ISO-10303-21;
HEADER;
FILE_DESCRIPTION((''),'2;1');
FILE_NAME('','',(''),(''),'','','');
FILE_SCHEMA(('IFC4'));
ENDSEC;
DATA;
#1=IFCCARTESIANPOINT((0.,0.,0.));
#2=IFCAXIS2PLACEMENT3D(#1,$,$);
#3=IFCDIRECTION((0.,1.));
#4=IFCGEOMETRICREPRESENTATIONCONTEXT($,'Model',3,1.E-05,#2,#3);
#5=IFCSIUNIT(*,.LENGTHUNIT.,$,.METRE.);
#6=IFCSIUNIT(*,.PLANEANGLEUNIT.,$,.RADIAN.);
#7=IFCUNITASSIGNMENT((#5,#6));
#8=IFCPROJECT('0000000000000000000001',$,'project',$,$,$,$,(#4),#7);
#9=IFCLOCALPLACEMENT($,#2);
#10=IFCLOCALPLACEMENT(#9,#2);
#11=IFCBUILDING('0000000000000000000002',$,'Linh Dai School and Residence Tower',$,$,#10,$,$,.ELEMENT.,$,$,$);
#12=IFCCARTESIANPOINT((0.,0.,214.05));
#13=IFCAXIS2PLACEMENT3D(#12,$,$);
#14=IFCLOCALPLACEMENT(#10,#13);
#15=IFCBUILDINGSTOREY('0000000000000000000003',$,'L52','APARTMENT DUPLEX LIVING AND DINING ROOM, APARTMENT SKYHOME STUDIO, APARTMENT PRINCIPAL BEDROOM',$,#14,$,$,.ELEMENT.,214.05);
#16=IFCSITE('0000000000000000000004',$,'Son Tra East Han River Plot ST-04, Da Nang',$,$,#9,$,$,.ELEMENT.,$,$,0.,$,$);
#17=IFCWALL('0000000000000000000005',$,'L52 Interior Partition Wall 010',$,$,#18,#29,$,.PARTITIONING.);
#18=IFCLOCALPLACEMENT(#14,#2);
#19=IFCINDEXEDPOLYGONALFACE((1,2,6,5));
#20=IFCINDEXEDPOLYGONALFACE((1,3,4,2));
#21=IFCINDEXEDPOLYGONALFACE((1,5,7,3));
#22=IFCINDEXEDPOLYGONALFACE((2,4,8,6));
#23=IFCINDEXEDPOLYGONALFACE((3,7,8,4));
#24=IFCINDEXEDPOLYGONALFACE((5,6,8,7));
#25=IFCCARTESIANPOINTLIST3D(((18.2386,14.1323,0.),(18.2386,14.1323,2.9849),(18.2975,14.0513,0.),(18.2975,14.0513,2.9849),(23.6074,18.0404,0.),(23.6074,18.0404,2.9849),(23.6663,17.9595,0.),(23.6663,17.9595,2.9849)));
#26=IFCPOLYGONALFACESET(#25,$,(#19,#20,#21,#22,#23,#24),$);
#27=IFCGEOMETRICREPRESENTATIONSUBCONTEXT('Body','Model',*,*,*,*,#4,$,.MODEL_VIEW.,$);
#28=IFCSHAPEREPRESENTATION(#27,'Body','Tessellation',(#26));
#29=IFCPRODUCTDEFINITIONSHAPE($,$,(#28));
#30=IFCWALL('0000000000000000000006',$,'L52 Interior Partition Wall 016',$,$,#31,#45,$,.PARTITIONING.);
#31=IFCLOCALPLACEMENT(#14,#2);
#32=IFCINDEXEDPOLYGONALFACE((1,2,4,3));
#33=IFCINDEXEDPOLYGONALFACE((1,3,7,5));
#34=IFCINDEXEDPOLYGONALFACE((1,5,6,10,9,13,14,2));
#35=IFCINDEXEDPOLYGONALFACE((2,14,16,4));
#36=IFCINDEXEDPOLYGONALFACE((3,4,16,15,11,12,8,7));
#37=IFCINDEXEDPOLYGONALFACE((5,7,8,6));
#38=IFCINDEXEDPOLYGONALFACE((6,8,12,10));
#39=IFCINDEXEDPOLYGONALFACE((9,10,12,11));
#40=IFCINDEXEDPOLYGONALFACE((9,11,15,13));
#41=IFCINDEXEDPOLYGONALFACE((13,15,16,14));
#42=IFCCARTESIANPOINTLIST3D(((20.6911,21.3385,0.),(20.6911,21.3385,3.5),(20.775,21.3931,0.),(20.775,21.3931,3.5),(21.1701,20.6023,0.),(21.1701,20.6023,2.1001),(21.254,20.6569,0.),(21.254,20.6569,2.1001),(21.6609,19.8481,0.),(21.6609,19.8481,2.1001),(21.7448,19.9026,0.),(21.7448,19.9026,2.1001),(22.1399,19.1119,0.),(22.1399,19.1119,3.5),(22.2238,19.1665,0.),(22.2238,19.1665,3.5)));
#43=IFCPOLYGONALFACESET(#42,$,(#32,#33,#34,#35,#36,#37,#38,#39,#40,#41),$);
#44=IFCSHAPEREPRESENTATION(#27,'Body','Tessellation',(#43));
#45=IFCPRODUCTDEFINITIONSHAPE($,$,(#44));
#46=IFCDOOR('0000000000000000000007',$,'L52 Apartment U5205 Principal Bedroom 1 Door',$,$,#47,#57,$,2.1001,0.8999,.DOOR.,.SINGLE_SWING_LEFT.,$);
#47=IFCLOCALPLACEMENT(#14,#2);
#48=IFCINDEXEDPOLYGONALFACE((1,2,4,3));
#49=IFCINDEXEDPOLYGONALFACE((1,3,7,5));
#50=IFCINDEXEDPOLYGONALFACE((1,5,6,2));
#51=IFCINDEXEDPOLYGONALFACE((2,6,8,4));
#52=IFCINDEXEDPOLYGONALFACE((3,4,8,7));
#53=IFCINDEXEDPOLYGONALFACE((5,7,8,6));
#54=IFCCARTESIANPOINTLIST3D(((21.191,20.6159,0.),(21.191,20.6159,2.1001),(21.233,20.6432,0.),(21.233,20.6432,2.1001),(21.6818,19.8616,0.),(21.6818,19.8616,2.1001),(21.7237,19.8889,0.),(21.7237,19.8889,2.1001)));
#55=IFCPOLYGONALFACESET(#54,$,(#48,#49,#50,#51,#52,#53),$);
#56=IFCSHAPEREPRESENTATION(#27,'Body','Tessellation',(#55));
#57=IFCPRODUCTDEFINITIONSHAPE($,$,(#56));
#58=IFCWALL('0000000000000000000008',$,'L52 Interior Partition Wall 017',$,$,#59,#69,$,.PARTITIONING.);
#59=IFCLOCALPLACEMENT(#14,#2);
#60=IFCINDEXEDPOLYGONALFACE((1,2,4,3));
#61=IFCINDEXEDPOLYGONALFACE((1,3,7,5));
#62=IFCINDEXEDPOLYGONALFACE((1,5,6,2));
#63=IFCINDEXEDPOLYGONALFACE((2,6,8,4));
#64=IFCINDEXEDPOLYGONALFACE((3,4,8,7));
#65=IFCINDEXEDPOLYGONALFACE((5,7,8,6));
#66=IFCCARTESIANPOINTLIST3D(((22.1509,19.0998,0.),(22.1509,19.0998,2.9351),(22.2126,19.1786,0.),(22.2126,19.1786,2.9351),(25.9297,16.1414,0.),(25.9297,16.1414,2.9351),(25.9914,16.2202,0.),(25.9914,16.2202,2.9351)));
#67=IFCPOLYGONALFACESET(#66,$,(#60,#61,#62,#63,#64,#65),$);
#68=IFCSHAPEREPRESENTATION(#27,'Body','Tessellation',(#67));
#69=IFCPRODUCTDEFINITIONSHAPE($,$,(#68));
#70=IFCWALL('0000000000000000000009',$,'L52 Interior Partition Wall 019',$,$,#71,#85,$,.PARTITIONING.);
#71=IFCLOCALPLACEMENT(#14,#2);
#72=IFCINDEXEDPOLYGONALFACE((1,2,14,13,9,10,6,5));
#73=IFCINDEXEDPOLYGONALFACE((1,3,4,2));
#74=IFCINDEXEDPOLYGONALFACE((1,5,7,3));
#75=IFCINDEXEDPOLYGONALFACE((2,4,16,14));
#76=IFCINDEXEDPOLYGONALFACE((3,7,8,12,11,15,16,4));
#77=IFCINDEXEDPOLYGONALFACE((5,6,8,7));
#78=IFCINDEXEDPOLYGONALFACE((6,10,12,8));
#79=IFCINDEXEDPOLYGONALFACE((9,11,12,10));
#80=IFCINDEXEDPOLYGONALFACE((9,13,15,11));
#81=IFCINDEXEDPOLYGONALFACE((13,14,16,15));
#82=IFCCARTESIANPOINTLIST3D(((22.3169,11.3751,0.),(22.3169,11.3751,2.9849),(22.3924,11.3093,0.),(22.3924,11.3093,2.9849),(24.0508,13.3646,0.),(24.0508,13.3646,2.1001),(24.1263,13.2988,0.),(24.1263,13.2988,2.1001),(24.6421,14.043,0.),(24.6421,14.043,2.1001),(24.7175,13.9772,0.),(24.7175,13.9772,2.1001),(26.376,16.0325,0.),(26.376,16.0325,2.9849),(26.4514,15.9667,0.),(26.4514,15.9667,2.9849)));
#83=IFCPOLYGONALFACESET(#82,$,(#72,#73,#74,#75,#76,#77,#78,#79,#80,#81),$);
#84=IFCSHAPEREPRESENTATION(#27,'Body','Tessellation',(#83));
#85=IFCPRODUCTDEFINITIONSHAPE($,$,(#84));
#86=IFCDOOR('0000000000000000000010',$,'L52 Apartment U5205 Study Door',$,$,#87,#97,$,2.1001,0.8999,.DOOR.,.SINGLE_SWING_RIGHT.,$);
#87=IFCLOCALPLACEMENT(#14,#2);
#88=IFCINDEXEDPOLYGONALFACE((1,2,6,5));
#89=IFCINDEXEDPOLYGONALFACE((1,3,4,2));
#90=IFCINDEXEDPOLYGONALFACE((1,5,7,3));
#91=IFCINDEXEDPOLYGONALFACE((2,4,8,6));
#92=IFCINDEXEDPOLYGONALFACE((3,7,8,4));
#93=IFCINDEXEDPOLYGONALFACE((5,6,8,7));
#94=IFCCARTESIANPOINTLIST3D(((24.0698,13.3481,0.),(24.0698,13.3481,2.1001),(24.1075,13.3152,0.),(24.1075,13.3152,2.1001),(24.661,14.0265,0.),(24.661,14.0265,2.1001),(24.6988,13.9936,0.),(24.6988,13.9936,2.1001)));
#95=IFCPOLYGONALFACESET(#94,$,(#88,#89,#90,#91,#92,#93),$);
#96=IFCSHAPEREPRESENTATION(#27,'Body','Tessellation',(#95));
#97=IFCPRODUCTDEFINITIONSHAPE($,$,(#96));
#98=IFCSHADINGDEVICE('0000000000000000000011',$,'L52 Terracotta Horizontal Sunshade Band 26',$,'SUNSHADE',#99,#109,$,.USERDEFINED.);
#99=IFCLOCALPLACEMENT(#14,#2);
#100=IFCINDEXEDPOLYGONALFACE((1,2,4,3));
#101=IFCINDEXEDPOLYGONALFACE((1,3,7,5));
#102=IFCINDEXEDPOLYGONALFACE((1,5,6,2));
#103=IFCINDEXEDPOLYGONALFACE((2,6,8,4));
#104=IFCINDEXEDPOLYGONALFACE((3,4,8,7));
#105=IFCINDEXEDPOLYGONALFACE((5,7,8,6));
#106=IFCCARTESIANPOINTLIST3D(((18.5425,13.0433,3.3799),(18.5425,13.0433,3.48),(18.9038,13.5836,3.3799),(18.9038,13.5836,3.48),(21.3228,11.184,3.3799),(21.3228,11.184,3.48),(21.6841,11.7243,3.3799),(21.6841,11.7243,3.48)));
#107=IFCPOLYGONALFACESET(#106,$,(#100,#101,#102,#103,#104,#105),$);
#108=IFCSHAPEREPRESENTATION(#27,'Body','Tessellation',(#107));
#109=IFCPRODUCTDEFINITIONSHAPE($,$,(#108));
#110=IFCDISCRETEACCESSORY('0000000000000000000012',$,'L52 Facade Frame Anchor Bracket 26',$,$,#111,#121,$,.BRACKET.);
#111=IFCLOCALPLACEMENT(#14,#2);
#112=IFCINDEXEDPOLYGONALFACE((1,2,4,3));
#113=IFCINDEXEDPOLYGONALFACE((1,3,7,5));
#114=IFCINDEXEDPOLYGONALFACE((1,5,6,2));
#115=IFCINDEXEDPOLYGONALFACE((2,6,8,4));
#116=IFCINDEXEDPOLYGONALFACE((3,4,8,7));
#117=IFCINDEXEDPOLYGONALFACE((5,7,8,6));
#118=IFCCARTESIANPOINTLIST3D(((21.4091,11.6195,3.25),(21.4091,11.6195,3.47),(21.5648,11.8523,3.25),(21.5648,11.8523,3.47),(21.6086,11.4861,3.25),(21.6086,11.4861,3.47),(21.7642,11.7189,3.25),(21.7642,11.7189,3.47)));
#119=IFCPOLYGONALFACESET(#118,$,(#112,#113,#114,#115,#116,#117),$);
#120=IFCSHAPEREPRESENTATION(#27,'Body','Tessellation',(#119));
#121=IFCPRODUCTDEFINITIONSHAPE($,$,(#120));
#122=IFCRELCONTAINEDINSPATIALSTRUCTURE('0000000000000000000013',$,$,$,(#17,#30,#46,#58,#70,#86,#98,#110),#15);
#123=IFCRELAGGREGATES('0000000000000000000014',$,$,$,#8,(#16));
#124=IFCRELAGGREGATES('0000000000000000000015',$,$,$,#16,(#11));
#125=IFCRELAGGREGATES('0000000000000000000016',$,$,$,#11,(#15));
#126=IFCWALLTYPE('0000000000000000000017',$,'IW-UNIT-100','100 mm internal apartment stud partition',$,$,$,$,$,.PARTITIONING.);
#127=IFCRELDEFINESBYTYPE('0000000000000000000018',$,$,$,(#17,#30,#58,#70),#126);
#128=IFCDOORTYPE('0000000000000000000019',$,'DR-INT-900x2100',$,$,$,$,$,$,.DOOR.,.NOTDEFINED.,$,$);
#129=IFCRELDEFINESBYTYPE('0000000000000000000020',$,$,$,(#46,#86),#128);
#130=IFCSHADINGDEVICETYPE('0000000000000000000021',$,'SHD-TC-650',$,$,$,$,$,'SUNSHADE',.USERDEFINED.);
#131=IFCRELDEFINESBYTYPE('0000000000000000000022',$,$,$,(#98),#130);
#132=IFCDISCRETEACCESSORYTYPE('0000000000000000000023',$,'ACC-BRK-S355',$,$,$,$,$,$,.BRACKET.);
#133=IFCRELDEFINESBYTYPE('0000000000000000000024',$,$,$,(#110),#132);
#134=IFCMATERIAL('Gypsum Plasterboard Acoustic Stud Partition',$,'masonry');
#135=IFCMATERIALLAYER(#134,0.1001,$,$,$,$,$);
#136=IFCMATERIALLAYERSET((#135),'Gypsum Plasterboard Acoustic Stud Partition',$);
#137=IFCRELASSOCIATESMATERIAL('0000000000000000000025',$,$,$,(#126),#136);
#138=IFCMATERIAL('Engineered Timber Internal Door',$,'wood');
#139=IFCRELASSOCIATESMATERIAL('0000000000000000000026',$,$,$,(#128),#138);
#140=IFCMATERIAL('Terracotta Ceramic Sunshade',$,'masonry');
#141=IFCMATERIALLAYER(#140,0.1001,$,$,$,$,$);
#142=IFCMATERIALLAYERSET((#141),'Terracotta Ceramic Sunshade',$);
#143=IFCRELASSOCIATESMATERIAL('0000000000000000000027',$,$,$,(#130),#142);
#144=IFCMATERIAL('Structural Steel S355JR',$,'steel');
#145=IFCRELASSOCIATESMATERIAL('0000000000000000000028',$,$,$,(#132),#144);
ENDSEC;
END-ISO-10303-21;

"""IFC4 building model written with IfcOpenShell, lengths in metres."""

from ifc_helpers import new_model, si_unit, direction, frame, frame_2d, origin, origin_2d, place, context, subcontext, project, spatial, rectangle, extrude, source, transform, mapped, material, layer, layer_set, type_object, element, fill, save


model = new_model("IFC4")

# Units and contexts
model_context = context("Model", 3, precision=1e-05, world=origin(), true_north=direction((0.0, 1.0)))
body_context = subcontext(model_context, "Body", "Model", "MODEL_VIEW")
ifc_project = project(units=[si_unit("LENGTHUNIT", "METRE"), si_unit("PLANEANGLEUNIT", "RADIAN")], contexts=[model_context])

# Site, building, storey
site_placement = place(None, origin())
site = spatial("IfcSite", under=ifc_project, at=site_placement, Name="Son Tra East Han River Plot ST-04, Da Nang", CompositionType="ELEMENT", RefElevation=0.0)
building_placement = place(site_placement, origin())
building = spatial("IfcBuilding", under=site, at=building_placement, Name="Linh Dai School and Residence Tower", CompositionType="ELEMENT")
storey_placement = place(building_placement, frame((0.0, 0.0, 214.05)))
storey = spatial("IfcBuildingStorey", under=building, at=storey_placement, Name="L52", Description="APARTMENT DUPLEX LIVING AND DINING ROOM, APARTMENT SKYHOME STUDIO, APARTMENT PRINCIPAL BEDROOM", CompositionType="ELEMENT", Elevation=214.05)

# Shared definitions
ifc_material_1 = material(Name="Structural Steel S355JR", Category="steel")

# Wall
ifc_material_2 = material(Name="Gypsum Plasterboard Acoustic Stud Partition", Category="masonry")
ifc_layer_1 = layer(ifc_material_2, 0.1001)
ifc_layer_set_1 = layer_set([ifc_layer_1], Name="Gypsum Plasterboard Acoustic Stud Partition")
wall_type_1 = type_object("IfcWallType", Name="IW-UNIT-100", Description="100 mm internal apartment stud partition", PredefinedType="PARTITIONING", material=ifc_layer_set_1)
wall_1_placement = place(storey_placement, frame((18.2681, 14.0918, 0.0), z_axis=(0.0, 0.0, 1.0), x_axis=(0.808482, 0.588521, 0.0)))
element("IfcWall", 1, at=wall_1_placement, inside=storey, type_object=wall_type_1, Name="L52 Interior Partition Wall 010", PredefinedType="PARTITIONING", context=body_context, shape_type="SweptSolid", body=[
    extrude(rectangle(XDim=6.6406, YDim=0.1001, at=frame_2d((3.3203, 0.0))), origin(), (0.0, 0.0, 1.0), 2.9849),
])

# Wall, opening, door
wall_2_placement = place(storey_placement, frame((20.7332, 21.3657, 0.0), z_axis=(0.0, 0.0, 1.0), x_axis=(0.545376, -0.838192, 0.0)))
wall_2 = element("IfcWall", 2, at=wall_2_placement, inside=storey, type_object=wall_type_1, Name="L52 Interior Partition Wall 016", PredefinedType="PARTITIONING", context=body_context, shape_type="SweptSolid", body=[
    extrude(rectangle(XDim=2.6565, YDim=0.1001, at=frame_2d((1.3281, 0.0))), origin(), (0.0, 0.0, 1.0), 3.5),
])
opening_1_placement = place(wall_2_placement, frame((0.8782, 0.0, 0.0)))
opening_1 = element("IfcOpeningElement", 3, at=opening_1_placement, cuts=wall_2, PredefinedType="OPENING", context=body_context, shape_type="SweptSolid", body=[
    extrude(rectangle(XDim=0.8999, YDim=2.1001, at=origin_2d()), frame((0.45, 0.0601, 1.05), z_axis=(0.0, -1.0, 0.0), x_axis=(1.0, 0.0, 0.0)), (0.0, 0.0, 1.0), 0.1201),
])
ifc_material_3 = material(Name="Engineered Timber Internal Door", Category="wood")
door_type_1 = type_object("IfcDoorType", Name="DR-INT-900x2100", OperationType="NOTDEFINED", PredefinedType="DOOR", material=ifc_material_3)
shared_shape_1 = source(origin(), body_context, "Body", "SweptSolid", [
    extrude(rectangle(XDim=0.8999, YDim=2.1001, at=origin_2d()), frame((0.45, 0.0249, 1.05), z_axis=(0.0, -1.0, 0.0), x_axis=(1.0, 0.0, 0.0)), (0.0, 0.0, 1.0), 0.05),
])
door_1_placement = place(opening_1_placement, origin())
door_1 = element("IfcDoor", 4, at=door_1_placement, inside=storey, type_object=door_type_1, Name="L52 Apartment U5205 Principal Bedroom 1 Door", OperationType="SINGLE_SWING_LEFT", OverallHeight=2.1001, OverallWidth=0.8999, PredefinedType="DOOR", context=body_context, shape_type="MappedRepresentation", body=[
    mapped(shared_shape_1, transform((0.0, 0.0, 0.0), x_axis=(1.0, 0.0, 0.0), y_axis=(0.0, 1.0, 0.0), z_axis=(0.0, 0.0, 1.0), scale=1.0)),
])
fill(opening_1, door_1)

# Wall
wall_3_placement = place(storey_placement, frame((22.1819, 19.1392, 0.0), z_axis=(0.0, 0.0, 1.0), x_axis=(0.787387, -0.616459, 0.0)))
element("IfcWall", 5, at=wall_3_placement, inside=storey, type_object=wall_type_1, Name="L52 Interior Partition Wall 017", PredefinedType="PARTITIONING", context=body_context, shape_type="SweptSolid", body=[
    extrude(rectangle(XDim=4.7991, YDim=0.1001, at=frame_2d((2.3994, 0.0))), origin(), (0.0, 0.0, 1.0), 2.9351),
])

# Wall, opening, door
wall_4_placement = place(storey_placement, frame((22.3547, 11.3423, 0.0), z_axis=(0.0, 0.0, 1.0), x_axis=(0.657018, 0.753875, 0.0)))
wall_4 = element("IfcWall", 6, at=wall_4_placement, inside=storey, type_object=wall_type_1, Name="L52 Interior Partition Wall 019", PredefinedType="PARTITIONING", context=body_context, shape_type="SweptSolid", body=[
    extrude(rectangle(XDim=6.178, YDim=0.1001, at=frame_2d((3.0889, 0.0))), origin(), (0.0, 0.0, 1.0), 2.9849),
])
opening_2_placement = place(wall_4_placement, frame((2.6389, 0.0, 0.0)))
opening_2 = element("IfcOpeningElement", 7, at=opening_2_placement, cuts=wall_4, PredefinedType="OPENING", context=body_context, shape_type="SweptSolid", body=[
    extrude(rectangle(XDim=0.8999, YDim=2.1001, at=origin_2d()), frame((0.45, 0.0601, 1.05), z_axis=(0.0, -1.0, 0.0), x_axis=(1.0, 0.0, 0.0)), (0.0, 0.0, 1.0), 0.1201),
])
door_2_placement = place(opening_2_placement, origin())
door_2 = element("IfcDoor", 8, at=door_2_placement, inside=storey, type_object=door_type_1, Name="L52 Apartment U5205 Study Door", OperationType="SINGLE_SWING_RIGHT", OverallHeight=2.1001, OverallWidth=0.8999, PredefinedType="DOOR", context=body_context, shape_type="MappedRepresentation", body=[
    mapped(shared_shape_1, transform((0.0, 0.0, 0.0), x_axis=(1.0, 0.0, 0.0), y_axis=(0.0, 1.0, 0.0), z_axis=(0.0, 0.0, 1.0), scale=1.0)),
])
fill(opening_2, door_2)

# Shading device
ifc_material_4 = material(Name="Terracotta Ceramic Sunshade", Category="masonry")
ifc_layer_2 = layer(ifc_material_4, 0.1001)
ifc_layer_set_2 = layer_set([ifc_layer_2], Name="Terracotta Ceramic Sunshade")
shading_device_type = type_object("IfcShadingDeviceType", Name="SHD-TC-650", ElementType="SUNSHADE", PredefinedType="USERDEFINED", material=ifc_layer_set_2)
shared_shape_2 = source(origin(), body_context, "Body", "SweptSolid", [
    extrude(rectangle(XDim=3.3447, YDim=0.6499, at=origin_2d()), origin(), (0.0, 0.0, 1.0), 0.1001),
])
shading_device_placement = place(storey_placement, frame((20.1133, 12.3838, 3.3799), z_axis=(0.0, 0.0, 1.0), x_axis=(-0.831258, 0.555887, 0.0)))
element("IfcShadingDevice", 9, at=shading_device_placement, inside=storey, type_object=shading_device_type, Name="L52 Terracotta Horizontal Sunshade Band 26", ObjectType="SUNSHADE", PredefinedType="USERDEFINED", context=body_context, shape_type="MappedRepresentation", body=[
    mapped(shared_shape_2, transform((0.0, 0.0, 0.0), x_axis=(1.0, 0.0, 0.0), y_axis=(0.0, 1.0, 0.0), z_axis=(0.0, 0.0, 1.0), scale=1.0)),
])

# Discrete accessory
discrete_accessory_type = type_object("IfcDiscreteAccessoryType", Name="ACC-BRK-S355", PredefinedType="BRACKET", material=ifc_material_1)
shared_shape_3 = source(origin(), body_context, "Body", "SweptSolid", [
    extrude(rectangle(XDim=0.28, YDim=0.24, at=origin_2d()), origin(), (0.0, 0.0, 1.0), 0.22),
])
discrete_accessory_placement = place(storey_placement, frame((21.5867, 11.6692, 3.25), z_axis=(0.0, 0.0, 1.0), x_axis=(-0.555887, -0.831258, 0.0)))
element("IfcDiscreteAccessory", 10, at=discrete_accessory_placement, inside=storey, type_object=discrete_accessory_type, Name="L52 Facade Frame Anchor Bracket 26", PredefinedType="BRACKET", context=body_context, shape_type="MappedRepresentation", body=[
    mapped(shared_shape_3, transform((0.0, 0.0, 0.0), x_axis=(1.0, 0.0, 0.0), y_axis=(0.0, 1.0, 0.0), z_axis=(0.0, 0.0, 1.0), scale=1.0)),
])

save(model, "model.ifc")
